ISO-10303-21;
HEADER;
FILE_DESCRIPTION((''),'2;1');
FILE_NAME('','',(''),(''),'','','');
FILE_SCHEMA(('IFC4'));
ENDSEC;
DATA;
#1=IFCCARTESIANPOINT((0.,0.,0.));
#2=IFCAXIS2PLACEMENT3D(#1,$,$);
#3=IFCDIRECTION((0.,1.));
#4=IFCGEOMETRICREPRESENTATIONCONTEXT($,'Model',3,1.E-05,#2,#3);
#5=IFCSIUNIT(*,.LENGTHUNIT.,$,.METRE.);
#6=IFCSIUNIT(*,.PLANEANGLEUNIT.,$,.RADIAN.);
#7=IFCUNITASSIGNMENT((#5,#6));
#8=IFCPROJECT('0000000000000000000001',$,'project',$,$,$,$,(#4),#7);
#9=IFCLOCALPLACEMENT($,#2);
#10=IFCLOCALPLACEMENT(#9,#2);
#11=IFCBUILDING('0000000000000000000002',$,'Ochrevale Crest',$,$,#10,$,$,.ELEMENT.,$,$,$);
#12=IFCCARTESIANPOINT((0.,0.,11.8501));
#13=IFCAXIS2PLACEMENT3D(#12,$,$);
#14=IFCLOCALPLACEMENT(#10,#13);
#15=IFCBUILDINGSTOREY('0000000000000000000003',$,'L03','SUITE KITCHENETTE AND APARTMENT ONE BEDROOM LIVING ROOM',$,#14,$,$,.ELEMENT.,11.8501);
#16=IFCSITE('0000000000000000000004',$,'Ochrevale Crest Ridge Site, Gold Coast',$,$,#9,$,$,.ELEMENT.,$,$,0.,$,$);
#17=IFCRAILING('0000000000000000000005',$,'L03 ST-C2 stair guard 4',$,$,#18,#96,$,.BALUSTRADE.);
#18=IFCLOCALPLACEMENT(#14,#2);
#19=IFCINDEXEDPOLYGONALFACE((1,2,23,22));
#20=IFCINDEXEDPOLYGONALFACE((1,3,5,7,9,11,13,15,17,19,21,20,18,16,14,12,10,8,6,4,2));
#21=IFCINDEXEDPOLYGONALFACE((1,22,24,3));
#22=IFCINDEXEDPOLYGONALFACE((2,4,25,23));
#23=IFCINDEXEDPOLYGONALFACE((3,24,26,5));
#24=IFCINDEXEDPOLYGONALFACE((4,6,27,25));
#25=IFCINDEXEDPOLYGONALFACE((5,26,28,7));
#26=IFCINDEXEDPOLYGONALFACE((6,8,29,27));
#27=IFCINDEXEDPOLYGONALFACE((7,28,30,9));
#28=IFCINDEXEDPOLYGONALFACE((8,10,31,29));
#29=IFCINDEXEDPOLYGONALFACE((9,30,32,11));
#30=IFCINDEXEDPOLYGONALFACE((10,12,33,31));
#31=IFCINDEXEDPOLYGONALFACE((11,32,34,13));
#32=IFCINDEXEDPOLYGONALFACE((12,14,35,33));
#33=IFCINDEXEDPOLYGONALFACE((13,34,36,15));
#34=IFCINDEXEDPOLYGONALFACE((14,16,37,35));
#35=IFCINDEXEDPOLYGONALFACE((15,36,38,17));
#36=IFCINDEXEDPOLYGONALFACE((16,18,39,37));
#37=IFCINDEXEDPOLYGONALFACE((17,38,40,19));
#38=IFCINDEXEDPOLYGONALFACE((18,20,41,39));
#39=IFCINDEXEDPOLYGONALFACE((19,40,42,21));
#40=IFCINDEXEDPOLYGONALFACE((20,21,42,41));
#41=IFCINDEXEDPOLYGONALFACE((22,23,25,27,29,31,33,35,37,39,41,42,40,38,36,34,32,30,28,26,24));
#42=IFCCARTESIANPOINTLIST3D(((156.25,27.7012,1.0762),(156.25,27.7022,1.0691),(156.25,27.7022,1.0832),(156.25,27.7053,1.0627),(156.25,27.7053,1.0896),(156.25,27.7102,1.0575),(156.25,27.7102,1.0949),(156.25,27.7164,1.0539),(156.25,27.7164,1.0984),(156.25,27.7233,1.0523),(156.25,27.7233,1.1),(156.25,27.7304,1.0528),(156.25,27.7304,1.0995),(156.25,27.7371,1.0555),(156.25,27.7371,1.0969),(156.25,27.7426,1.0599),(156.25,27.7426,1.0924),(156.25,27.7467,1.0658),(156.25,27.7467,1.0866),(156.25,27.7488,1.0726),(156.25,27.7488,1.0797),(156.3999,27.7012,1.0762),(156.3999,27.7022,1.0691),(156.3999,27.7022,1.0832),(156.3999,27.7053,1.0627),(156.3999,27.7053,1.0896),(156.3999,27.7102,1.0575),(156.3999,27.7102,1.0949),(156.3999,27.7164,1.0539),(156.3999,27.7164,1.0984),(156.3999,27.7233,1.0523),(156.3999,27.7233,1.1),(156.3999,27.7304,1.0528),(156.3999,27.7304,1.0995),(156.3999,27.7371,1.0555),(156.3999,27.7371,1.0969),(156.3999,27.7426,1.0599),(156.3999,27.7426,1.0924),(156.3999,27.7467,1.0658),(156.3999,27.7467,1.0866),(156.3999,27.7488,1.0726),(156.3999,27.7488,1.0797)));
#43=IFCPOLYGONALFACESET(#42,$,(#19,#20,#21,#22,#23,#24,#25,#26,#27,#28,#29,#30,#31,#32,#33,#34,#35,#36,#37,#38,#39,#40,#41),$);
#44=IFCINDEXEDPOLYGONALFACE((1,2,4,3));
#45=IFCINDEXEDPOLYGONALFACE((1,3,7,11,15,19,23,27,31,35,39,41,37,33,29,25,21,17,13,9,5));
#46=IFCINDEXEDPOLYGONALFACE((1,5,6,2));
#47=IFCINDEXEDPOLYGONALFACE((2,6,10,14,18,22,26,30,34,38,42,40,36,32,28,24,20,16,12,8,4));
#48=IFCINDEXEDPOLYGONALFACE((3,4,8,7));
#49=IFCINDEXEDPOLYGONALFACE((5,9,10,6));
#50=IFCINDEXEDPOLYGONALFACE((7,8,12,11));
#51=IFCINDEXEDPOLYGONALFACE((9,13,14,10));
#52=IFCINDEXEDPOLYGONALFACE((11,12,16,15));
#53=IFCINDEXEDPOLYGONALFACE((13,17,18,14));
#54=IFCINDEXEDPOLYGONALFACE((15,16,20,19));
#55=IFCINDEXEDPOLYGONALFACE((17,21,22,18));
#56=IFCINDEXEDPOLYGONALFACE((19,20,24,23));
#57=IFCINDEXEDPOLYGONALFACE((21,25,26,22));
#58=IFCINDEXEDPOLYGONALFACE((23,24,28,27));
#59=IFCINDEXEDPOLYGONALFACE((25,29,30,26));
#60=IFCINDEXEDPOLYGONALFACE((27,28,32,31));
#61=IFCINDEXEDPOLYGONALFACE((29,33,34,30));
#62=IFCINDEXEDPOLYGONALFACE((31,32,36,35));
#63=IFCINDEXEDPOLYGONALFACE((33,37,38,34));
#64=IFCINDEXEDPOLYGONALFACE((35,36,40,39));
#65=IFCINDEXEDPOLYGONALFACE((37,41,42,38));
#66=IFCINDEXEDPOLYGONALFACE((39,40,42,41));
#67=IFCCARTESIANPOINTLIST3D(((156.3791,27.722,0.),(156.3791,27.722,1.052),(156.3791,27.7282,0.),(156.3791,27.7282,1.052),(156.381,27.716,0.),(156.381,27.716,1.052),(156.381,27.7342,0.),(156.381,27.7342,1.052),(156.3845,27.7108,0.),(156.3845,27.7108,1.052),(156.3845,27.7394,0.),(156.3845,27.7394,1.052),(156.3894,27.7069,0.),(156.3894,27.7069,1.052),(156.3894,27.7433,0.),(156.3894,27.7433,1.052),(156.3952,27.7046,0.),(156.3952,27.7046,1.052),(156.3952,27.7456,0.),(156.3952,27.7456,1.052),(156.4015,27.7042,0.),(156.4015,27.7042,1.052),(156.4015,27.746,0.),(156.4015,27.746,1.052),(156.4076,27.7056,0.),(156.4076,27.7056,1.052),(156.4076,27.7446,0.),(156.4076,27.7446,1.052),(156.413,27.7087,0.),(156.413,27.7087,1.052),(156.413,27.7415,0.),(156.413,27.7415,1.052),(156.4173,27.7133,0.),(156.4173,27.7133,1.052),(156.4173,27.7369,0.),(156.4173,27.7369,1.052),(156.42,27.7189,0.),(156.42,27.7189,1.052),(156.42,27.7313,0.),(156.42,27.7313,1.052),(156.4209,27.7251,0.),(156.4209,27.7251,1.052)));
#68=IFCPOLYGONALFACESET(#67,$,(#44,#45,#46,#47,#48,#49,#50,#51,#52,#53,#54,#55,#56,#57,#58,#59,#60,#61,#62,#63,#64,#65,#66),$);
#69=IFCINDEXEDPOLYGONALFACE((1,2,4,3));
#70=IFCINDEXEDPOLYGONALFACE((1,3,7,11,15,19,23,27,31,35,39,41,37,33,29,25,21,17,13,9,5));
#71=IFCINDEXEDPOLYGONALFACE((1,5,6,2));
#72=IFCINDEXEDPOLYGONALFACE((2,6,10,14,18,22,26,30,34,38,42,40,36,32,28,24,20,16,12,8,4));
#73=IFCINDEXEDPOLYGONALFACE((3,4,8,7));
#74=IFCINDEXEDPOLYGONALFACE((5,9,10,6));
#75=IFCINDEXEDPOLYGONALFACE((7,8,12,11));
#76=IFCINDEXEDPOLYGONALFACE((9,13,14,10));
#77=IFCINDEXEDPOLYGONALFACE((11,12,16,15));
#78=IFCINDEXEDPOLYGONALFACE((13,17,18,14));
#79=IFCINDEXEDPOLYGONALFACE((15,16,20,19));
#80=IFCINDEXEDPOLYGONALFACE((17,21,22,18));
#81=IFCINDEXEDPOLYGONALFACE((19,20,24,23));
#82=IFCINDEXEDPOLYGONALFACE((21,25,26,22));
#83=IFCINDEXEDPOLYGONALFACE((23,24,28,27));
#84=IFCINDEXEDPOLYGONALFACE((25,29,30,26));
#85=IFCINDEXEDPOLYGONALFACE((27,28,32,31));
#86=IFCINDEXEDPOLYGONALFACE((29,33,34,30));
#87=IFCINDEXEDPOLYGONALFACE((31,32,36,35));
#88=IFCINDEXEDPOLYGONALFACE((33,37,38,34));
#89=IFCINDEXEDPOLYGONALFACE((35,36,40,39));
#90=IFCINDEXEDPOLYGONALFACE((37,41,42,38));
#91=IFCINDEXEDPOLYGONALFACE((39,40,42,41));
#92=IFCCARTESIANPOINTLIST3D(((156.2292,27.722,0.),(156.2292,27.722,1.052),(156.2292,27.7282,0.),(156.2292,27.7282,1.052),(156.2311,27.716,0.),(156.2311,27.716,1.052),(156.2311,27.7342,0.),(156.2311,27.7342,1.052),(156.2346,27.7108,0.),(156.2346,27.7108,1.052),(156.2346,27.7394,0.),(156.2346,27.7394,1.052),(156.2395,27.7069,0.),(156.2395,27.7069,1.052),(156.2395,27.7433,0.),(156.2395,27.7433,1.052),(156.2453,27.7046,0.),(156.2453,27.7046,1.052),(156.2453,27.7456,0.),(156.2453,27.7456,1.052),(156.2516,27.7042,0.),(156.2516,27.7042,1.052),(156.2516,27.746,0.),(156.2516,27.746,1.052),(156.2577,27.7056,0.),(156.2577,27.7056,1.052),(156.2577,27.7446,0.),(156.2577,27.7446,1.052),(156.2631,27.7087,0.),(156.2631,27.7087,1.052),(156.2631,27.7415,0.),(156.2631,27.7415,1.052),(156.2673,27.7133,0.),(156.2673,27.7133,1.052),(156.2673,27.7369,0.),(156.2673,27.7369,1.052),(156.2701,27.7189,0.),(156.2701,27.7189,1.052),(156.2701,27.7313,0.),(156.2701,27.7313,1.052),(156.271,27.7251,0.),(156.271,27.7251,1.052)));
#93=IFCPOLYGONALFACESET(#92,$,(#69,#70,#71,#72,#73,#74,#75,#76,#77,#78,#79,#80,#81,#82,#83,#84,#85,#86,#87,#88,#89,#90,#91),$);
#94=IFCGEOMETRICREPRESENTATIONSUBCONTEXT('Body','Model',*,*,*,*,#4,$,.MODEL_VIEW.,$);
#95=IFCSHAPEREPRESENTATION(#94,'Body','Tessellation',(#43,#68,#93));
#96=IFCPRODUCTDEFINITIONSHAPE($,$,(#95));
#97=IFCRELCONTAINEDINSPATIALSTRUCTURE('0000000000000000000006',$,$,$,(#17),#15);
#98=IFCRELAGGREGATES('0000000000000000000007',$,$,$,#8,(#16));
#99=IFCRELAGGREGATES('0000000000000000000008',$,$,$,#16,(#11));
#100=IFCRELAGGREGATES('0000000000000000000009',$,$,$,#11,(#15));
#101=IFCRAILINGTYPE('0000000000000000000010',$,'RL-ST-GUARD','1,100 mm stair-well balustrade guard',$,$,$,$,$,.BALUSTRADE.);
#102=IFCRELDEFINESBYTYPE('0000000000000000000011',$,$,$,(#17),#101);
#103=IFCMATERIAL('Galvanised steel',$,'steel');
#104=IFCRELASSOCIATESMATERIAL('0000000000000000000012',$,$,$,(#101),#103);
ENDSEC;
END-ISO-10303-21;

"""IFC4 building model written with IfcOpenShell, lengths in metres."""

from ifc_helpers import new_model, si_unit, direction, frame, origin, origin_2d, place, context, subcontext, project, spatial, circle, extrude, material, type_object, element, save


model = new_model("IFC4")

# Units and contexts
model_context = context("Model", 3, precision=1e-05, world=origin(), true_north=direction((0.0, 1.0)))
body_context = subcontext(model_context, "Body", "Model", "MODEL_VIEW")
ifc_project = project(units=[si_unit("LENGTHUNIT", "METRE"), si_unit("PLANEANGLEUNIT", "RADIAN")], contexts=[model_context])

# Site, building, storey
site_placement = place(None, origin())
site = spatial("IfcSite", under=ifc_project, at=site_placement, Name="Ochrevale Crest Ridge Site, Gold Coast", CompositionType="ELEMENT", RefElevation=0.0)
building_placement = place(site_placement, origin())
building = spatial("IfcBuilding", under=site, at=building_placement, Name="Ochrevale Crest", CompositionType="ELEMENT")
storey_placement = place(building_placement, frame((0.0, 0.0, 11.8501)))
storey = spatial("IfcBuildingStorey", under=building, at=storey_placement, Name="L03", Description="SUITE KITCHENETTE AND APARTMENT ONE BEDROOM LIVING ROOM", CompositionType="ELEMENT", Elevation=11.8501)

# Railing
ifc_material_1 = material(Name="Galvanised steel", Category="steel")
railing_type_1 = type_object("IfcRailingType", Name="RL-ST-GUARD", Description="1,100 mm stair-well balustrade guard", PredefinedType="BALUSTRADE", material=ifc_material_1)
railing_1_placement = place(storey_placement, frame((156.3999, 27.7251, 0.0)))
element("IfcRailing", 1, at=railing_1_placement, inside=storey, type_object=railing_type_1, Name="L03 ST-C2 stair guard 4", PredefinedType="BALUSTRADE", context=body_context, shape_type="SweptSolid", body=[
    extrude(circle(Radius=0.0239, at=origin_2d()), frame((0.0, 0.0, 1.0762), z_axis=(-1.0, 0.0, 0.0), x_axis=(0.0, -1.0, 0.0)), (0.0, 0.0, 1.0), 0.1499),
    extrude(circle(Radius=0.021, at=origin_2d()), origin(), (0.0, 0.0, 1.0), 1.052),
    extrude(circle(Radius=0.021, at=origin_2d()), frame((-0.1499, 0.0, 0.0)), (0.0, 0.0, 1.0), 1.052),
])

save(model, "model.ifc")
